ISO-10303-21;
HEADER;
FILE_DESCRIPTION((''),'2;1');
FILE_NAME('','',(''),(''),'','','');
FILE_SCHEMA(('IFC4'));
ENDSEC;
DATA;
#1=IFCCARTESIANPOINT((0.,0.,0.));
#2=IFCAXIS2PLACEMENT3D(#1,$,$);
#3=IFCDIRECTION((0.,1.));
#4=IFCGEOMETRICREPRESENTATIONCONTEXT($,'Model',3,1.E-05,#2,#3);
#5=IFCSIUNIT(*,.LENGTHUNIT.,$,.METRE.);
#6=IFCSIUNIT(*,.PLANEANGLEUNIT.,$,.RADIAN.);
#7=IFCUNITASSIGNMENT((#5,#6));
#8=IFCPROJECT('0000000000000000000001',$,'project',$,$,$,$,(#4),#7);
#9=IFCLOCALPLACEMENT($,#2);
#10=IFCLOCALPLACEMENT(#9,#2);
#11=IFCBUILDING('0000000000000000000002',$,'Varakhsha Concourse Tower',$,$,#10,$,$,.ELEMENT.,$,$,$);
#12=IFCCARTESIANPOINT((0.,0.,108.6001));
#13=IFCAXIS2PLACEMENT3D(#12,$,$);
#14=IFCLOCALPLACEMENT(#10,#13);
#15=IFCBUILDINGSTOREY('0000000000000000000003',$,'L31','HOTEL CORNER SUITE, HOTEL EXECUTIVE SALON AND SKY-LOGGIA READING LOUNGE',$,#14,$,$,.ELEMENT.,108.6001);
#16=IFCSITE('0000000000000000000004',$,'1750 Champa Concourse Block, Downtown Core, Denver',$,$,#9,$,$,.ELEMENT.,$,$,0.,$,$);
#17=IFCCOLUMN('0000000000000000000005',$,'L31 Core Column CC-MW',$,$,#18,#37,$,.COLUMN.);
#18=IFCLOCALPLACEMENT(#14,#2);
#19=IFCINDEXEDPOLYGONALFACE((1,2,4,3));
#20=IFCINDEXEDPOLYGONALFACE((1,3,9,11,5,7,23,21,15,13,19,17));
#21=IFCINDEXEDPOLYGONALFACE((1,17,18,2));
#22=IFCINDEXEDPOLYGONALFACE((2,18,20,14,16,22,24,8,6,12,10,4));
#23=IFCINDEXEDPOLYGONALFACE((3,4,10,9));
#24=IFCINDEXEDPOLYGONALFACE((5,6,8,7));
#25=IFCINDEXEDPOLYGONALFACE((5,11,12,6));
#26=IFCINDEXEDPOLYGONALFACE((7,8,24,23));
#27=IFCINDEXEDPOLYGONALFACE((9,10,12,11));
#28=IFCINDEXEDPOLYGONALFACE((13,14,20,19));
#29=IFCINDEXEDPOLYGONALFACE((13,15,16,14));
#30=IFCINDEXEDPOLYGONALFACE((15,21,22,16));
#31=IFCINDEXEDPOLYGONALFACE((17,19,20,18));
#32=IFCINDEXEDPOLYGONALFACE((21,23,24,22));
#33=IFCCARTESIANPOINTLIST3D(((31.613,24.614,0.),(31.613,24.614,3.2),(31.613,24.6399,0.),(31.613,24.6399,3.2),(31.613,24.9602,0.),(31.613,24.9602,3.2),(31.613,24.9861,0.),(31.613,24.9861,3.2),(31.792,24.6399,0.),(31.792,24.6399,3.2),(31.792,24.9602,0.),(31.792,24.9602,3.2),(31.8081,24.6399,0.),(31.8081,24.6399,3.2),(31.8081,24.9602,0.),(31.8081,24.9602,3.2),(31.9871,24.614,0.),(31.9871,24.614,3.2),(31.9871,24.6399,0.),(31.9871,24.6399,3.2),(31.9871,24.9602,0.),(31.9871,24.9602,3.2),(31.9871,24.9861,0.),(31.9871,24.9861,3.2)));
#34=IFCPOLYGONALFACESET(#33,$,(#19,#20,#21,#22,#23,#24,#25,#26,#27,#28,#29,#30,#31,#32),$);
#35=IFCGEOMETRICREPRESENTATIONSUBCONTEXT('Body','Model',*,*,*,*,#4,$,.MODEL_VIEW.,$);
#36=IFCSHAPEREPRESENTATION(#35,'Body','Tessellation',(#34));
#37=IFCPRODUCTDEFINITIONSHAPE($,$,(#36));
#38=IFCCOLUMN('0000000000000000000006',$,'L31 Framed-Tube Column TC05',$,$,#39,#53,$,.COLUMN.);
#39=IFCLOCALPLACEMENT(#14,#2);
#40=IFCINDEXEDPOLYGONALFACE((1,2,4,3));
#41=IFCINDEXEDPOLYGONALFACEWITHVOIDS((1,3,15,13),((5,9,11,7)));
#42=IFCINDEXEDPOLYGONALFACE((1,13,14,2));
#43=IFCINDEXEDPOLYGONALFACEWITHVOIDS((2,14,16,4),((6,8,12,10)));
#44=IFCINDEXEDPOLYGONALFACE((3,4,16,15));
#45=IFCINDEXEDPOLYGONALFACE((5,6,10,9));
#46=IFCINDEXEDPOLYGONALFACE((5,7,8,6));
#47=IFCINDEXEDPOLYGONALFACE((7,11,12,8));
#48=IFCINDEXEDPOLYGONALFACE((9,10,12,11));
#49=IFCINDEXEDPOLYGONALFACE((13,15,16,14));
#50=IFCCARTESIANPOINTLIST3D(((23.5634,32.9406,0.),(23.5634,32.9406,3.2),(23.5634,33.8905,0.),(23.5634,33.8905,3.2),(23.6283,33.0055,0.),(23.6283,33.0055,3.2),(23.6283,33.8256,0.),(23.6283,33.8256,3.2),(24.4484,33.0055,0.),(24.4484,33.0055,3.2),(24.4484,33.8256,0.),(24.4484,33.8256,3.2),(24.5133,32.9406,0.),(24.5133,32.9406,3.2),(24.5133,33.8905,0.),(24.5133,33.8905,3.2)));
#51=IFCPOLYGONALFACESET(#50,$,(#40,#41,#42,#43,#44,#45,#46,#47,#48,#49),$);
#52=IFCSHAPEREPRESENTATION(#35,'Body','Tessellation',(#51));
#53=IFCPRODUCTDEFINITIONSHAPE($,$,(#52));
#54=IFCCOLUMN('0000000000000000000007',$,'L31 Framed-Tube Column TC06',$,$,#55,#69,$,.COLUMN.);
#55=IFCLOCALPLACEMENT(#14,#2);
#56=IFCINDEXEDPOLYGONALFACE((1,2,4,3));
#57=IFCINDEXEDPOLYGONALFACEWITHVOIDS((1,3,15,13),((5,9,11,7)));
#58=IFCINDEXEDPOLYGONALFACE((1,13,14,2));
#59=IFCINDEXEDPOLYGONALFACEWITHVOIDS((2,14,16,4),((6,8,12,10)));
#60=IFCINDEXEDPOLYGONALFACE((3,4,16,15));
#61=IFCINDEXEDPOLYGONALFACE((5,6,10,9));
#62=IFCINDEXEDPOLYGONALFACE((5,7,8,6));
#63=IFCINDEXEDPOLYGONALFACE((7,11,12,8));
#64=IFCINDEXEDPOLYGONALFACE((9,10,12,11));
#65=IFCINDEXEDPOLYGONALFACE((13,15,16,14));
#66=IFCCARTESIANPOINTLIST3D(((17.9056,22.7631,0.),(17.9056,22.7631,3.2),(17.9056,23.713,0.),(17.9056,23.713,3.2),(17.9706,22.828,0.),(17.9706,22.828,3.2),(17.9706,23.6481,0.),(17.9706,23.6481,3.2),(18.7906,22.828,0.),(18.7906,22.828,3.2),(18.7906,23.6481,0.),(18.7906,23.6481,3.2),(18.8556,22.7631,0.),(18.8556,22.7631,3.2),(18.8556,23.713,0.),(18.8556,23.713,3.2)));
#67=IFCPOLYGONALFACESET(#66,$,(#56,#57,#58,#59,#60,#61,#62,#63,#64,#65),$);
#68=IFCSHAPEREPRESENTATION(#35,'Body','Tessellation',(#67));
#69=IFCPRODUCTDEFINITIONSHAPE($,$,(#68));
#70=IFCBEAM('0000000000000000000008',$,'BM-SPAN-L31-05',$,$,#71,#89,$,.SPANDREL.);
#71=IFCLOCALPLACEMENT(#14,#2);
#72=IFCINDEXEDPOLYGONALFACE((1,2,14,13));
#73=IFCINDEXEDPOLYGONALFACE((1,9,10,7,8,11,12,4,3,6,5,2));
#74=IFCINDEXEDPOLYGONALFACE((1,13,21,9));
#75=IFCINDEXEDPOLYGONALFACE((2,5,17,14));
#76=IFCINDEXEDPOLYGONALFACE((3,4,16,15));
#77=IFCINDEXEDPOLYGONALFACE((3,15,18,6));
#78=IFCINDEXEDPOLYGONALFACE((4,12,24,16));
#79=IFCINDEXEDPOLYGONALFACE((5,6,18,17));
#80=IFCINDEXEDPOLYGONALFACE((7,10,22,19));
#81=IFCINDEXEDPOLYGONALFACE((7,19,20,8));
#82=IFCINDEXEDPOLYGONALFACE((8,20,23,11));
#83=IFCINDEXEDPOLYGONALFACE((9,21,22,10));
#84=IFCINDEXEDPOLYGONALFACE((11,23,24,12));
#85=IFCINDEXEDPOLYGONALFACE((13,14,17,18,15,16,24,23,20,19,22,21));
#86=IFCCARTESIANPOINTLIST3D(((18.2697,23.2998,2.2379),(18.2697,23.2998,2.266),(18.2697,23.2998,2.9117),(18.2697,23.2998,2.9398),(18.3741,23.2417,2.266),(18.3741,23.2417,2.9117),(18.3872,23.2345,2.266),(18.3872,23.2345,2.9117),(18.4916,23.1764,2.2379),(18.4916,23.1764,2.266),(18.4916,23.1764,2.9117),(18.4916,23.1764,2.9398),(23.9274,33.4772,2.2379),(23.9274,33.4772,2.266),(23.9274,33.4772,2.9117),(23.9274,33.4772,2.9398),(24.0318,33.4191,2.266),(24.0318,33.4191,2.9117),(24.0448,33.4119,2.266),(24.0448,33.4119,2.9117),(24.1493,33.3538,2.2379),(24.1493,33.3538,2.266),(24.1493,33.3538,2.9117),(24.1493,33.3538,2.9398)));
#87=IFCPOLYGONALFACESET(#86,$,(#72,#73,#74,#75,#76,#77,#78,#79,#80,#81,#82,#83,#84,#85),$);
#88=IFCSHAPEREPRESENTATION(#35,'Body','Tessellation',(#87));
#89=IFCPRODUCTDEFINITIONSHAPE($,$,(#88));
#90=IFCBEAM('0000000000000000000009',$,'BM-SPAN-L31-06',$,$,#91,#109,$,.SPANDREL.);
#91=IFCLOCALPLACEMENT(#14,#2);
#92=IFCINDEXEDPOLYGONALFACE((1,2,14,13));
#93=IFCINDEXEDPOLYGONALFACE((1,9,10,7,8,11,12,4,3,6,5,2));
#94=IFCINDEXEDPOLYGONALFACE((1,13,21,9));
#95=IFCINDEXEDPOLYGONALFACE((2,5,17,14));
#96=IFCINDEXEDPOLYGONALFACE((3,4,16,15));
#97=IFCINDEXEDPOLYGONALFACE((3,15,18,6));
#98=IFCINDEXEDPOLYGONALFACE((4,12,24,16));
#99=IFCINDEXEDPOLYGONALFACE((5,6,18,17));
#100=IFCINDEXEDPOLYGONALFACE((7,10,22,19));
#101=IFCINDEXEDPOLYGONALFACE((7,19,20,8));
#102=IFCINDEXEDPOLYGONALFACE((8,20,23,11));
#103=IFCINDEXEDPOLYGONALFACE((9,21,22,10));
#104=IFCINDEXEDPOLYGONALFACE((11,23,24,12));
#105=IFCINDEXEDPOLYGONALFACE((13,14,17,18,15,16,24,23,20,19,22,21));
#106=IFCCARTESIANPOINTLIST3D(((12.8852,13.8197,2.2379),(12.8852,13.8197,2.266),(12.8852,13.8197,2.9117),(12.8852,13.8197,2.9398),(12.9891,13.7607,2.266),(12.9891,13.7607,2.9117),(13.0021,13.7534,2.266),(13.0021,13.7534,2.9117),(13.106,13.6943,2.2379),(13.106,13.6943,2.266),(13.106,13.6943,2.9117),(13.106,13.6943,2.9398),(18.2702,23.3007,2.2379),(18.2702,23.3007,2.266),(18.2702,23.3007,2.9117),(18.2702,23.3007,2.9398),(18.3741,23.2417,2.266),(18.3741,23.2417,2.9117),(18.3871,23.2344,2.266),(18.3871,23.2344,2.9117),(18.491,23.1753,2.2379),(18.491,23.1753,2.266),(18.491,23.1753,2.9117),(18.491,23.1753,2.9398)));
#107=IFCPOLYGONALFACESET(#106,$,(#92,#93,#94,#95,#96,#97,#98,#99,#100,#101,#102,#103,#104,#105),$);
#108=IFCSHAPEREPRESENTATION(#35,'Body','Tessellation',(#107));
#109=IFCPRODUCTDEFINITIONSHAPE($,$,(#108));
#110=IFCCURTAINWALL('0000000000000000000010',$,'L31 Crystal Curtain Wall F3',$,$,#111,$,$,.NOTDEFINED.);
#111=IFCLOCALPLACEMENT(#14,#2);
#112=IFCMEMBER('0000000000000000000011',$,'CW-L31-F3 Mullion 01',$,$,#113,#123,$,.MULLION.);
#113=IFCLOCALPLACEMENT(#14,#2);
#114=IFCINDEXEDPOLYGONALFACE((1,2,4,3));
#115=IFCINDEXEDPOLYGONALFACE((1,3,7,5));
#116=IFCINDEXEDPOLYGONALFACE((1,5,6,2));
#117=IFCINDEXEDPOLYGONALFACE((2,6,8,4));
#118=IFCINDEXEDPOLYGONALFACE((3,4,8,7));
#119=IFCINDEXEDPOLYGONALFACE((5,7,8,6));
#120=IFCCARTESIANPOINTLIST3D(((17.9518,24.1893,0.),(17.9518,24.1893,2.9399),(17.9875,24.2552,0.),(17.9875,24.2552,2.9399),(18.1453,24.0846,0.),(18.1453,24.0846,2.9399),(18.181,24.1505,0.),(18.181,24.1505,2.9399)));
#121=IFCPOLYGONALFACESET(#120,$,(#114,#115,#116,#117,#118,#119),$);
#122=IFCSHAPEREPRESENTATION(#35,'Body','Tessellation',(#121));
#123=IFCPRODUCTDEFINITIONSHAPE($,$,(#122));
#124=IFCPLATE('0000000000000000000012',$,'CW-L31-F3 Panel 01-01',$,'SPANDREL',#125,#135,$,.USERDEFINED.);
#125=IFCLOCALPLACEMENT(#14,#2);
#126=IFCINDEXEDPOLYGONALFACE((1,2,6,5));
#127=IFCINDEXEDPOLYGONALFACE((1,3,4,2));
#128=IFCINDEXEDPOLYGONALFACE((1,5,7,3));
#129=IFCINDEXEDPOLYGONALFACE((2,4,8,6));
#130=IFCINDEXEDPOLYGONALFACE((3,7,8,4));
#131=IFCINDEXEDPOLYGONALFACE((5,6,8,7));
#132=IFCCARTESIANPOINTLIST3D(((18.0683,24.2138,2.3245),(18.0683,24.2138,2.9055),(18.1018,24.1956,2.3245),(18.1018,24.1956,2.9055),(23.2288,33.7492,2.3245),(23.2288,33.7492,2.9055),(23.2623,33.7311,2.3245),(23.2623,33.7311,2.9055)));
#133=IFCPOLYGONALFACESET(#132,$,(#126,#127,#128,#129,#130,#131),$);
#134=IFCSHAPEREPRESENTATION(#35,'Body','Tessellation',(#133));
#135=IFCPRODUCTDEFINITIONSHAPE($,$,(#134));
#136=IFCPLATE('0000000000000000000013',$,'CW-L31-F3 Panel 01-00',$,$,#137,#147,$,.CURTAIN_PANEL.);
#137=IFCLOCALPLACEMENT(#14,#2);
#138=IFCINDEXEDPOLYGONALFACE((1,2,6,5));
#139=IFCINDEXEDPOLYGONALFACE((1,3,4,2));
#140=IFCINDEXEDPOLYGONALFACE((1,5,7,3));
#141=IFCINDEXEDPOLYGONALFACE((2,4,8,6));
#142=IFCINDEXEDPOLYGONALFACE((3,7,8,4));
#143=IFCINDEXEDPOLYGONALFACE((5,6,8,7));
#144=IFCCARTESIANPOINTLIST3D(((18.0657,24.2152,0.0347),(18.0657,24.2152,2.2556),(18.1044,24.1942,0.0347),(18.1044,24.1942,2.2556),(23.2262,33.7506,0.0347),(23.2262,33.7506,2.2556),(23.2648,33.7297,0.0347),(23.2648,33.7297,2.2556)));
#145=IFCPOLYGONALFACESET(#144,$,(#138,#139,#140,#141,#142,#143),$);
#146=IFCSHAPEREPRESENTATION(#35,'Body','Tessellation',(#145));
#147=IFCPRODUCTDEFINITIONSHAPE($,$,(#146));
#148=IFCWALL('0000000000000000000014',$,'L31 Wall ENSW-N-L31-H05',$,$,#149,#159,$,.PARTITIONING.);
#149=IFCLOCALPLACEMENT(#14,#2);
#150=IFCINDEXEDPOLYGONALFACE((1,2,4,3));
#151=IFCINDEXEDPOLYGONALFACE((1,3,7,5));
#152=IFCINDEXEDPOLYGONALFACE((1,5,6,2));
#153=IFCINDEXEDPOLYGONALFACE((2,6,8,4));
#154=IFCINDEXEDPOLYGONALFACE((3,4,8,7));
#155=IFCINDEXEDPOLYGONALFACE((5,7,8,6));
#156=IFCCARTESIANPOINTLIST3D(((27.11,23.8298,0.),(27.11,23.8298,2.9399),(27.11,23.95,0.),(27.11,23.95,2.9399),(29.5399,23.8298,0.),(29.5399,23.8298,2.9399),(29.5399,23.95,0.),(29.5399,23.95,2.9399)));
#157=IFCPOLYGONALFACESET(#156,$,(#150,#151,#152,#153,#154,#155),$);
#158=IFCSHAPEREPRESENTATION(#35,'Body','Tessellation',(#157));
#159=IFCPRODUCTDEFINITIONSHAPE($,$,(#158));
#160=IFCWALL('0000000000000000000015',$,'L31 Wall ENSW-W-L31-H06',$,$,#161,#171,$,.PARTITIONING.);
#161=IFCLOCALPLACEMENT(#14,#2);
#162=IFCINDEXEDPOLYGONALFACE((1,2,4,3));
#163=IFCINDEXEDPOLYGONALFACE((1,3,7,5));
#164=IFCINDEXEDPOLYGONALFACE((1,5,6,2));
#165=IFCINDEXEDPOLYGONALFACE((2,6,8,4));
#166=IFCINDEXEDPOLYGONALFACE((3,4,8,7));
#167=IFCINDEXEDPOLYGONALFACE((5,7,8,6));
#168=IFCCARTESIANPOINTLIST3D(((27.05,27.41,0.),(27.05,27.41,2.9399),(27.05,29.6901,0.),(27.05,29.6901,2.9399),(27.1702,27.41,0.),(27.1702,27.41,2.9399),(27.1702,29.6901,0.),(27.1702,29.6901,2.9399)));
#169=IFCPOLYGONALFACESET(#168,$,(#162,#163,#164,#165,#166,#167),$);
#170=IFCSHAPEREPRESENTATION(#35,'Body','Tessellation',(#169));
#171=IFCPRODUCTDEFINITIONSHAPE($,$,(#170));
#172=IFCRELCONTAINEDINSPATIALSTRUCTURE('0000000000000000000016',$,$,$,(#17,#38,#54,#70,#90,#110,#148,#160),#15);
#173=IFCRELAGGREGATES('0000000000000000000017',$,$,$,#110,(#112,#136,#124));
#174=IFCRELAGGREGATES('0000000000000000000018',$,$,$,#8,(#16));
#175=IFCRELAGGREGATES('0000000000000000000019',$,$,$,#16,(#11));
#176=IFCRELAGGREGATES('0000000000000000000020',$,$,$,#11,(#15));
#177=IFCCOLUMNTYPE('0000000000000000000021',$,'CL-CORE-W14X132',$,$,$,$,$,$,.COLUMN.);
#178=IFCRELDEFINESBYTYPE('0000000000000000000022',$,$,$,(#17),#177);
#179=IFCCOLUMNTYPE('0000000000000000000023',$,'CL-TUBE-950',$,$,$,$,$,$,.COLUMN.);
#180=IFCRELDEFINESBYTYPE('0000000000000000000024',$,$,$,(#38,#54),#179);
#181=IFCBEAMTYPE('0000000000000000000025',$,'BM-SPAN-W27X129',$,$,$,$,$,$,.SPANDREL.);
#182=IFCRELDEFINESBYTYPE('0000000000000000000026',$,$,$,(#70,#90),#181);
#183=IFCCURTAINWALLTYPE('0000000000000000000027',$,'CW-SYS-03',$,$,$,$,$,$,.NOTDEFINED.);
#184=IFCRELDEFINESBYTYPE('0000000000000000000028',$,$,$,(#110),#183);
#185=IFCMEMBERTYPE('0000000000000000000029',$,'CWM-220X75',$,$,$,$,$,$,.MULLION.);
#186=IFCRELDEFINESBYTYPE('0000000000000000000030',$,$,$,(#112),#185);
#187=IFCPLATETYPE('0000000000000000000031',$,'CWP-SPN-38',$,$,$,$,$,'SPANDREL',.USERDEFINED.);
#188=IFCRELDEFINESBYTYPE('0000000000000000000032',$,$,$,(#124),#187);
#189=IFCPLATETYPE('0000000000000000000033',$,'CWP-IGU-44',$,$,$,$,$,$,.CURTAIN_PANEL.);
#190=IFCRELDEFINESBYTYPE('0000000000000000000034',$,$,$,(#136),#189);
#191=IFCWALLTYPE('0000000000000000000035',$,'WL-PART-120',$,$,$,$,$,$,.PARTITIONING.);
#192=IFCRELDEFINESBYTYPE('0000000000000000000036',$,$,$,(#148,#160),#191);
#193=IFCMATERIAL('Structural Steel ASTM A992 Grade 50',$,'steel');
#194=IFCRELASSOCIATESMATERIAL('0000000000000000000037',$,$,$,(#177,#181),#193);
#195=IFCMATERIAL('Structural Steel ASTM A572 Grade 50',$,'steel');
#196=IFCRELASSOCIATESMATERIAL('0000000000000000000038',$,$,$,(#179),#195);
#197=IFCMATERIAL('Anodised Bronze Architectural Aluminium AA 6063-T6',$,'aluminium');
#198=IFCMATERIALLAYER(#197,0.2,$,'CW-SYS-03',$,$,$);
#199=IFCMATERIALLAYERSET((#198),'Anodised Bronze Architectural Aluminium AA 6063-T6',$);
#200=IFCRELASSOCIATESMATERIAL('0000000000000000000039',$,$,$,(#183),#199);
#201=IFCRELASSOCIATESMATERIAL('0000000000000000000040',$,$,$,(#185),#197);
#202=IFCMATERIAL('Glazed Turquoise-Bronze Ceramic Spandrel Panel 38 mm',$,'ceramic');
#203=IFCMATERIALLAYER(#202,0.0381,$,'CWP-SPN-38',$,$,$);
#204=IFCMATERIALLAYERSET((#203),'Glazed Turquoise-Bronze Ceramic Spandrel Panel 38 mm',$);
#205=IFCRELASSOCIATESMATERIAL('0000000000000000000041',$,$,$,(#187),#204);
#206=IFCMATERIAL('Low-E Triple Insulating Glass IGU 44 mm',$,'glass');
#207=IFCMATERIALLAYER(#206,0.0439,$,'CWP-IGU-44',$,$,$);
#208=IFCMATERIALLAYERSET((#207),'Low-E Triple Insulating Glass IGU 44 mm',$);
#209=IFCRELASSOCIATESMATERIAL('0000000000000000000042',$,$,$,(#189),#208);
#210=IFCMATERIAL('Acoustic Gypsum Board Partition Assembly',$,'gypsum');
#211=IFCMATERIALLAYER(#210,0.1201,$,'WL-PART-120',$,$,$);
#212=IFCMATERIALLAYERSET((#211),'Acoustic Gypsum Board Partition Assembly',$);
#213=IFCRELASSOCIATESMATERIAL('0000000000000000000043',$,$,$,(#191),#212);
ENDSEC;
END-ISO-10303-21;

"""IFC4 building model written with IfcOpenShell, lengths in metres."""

from ifc_helpers import new_model, si_unit, direction, frame, frame_2d, origin, origin_2d, place, context, subcontext, project, spatial, rectangle, hollow_rectangle, i_section, extrude, source, transform, mapped, material, layer, layer_set, material_profile, profile_set, type_object, type_shapes, element, aggregate, save


model = new_model("IFC4")

# Units and contexts
model_context = context("Model", 3, precision=1e-05, world=origin(), true_north=direction((0.0, 1.0)))
body_context = subcontext(model_context, "Body", "Model", "MODEL_VIEW")
ifc_project = project(units=[si_unit("LENGTHUNIT", "METRE"), si_unit("PLANEANGLEUNIT", "RADIAN")], contexts=[model_context])

# Site, building, storey
site_placement = place(None, origin())
site = spatial("IfcSite", under=ifc_project, at=site_placement, Name="1750 Champa Concourse Block, Downtown Core, Denver", CompositionType="ELEMENT", RefElevation=0.0)
building_placement = place(site_placement, origin())
building = spatial("IfcBuilding", under=site, at=building_placement, Name="Varakhsha Concourse Tower", CompositionType="ELEMENT")
storey_placement = place(building_placement, frame((0.0, 0.0, 108.6001)))
storey = spatial("IfcBuildingStorey", under=building, at=storey_placement, Name="L31", Description="HOTEL CORNER SUITE, HOTEL EXECUTIVE SALON AND SKY-LOGGIA READING LOUNGE", CompositionType="ELEMENT", Elevation=108.6001)

# Columns
ifc_material_1 = material(Name="Structural Steel ASTM A992 Grade 50", Category="steel")
ifc_material_profile_1 = material_profile(ifc_material_1, i_section(OverallWidth=0.374, OverallDepth=0.3721, WebThickness=0.0161, FlangeThickness=0.0259, at=origin_2d()), Name="W14X132")
ifc_profile_set_1 = profile_set([ifc_material_profile_1], Name="Structural Steel ASTM A992 Grade 50")
column_type_1 = type_object("IfcColumnType", Name="CL-CORE-W14X132", PredefinedType="COLUMN", material=ifc_profile_set_1)
column_placement = place(storey_placement, frame((31.8, 24.8, 0.0), z_axis=(0.0, 0.0, 1.0), x_axis=(1.0, 0.0, 0.0)))
element("IfcColumn", 1, at=column_placement, inside=storey, type_object=column_type_1, Name="L31 Core Column CC-MW", PredefinedType="COLUMN", context=body_context, shape_type="SweptSolid", body=[
    extrude(i_section(OverallWidth=0.374, OverallDepth=0.3721, WebThickness=0.0161, FlangeThickness=0.0259, at=origin_2d()), origin(), (0.0, 0.0, 1.0), 3.2),
])
ifc_material_2 = material(Name="Structural Steel ASTM A572 Grade 50", Category="steel")
ifc_material_profile_2 = material_profile(ifc_material_2, hollow_rectangle(XDim=0.95, YDim=0.95, WallThickness=0.0649, at=origin_2d()), Name="BOX 950x950x65")
ifc_profile_set_2 = profile_set([ifc_material_profile_2], Name="Structural Steel ASTM A572 Grade 50")
column_type_2 = type_object("IfcColumnType", Name="CL-TUBE-950", PredefinedType="COLUMN", material=ifc_profile_set_2)
for number, where, z_axis, x_axis, name in (
    (2, (24.0383, 33.4155, 0.0), (0.0, 0.0, 1.0), (1.0, 0.0, 0.0), "L31 Framed-Tube Column TC05"),
    (3, (18.3806, 23.238, 0.0), (0.0, 0.0, 1.0), (1.0, 0.0, 0.0), "L31 Framed-Tube Column TC06"),
):
    element("IfcColumn", number, at=place(storey_placement, frame(where, z_axis=z_axis, x_axis=x_axis)), inside=storey, type_object=column_type_2, Name=name, PredefinedType="COLUMN", context=body_context, shape_type="SweptSolid", body=[
        extrude(hollow_rectangle(XDim=0.95, YDim=0.95, WallThickness=0.0649, at=origin_2d()), origin(), (0.0, 0.0, 1.0), 3.2),
    ])

# Beams
ifc_material_profile_3 = material_profile(ifc_material_1, i_section(OverallWidth=0.2539, OverallDepth=0.7019, WebThickness=0.0149, FlangeThickness=0.0281, at=origin_2d()), Name="W27X129")
ifc_profile_set_3 = profile_set([ifc_material_profile_3], Name="Structural Steel ASTM A992 Grade 50")
beam_type = type_object("IfcBeamType", Name="BM-SPAN-W27X129", PredefinedType="SPANDREL", material=ifc_profile_set_3)
beam_1_placement = place(storey_placement, frame((24.0383, 33.4155, 2.5889), z_axis=(-0.485876, -0.874028, 0.0), x_axis=(0.874028, -0.485876, 0.0)))
element("IfcBeam", 4, at=beam_1_placement, inside=storey, type_object=beam_type, Name="BM-SPAN-L31-05", PredefinedType="SPANDREL", context=body_context, shape_type="SweptSolid", body=[
    extrude(i_section(OverallWidth=0.2539, OverallDepth=0.7019, WebThickness=0.0149, FlangeThickness=0.0281, at=origin_2d()), origin(), (0.0, 0.0, 1.0), 11.6443),
])
beam_2_placement = place(storey_placement, frame((18.3806, 23.238, 2.5889), z_axis=(-0.493878, -0.869531, 0.0), x_axis=(0.869531, -0.493878, 0.0)))
element("IfcBeam", 5, at=beam_2_placement, inside=storey, type_object=beam_type, Name="BM-SPAN-L31-06", PredefinedType="SPANDREL", context=body_context, shape_type="SweptSolid", body=[
    extrude(i_section(OverallWidth=0.2539, OverallDepth=0.7019, WebThickness=0.0149, FlangeThickness=0.0281, at=origin_2d()), origin(), (0.0, 0.0, 1.0), 10.9036),
])

# Curtain wall, member, plates
ifc_material_3 = material(Name="Anodised Bronze Architectural Aluminium AA 6063-T6", Category="aluminium")
ifc_layer_1 = layer(ifc_material_3, 0.2, Name="CW-SYS-03")
ifc_layer_set_1 = layer_set([ifc_layer_1], Name="Anodised Bronze Architectural Aluminium AA 6063-T6")
curtain_wall_type = type_object("IfcCurtainWallType", Name="CW-SYS-03", PredefinedType="NOTDEFINED", material=ifc_layer_set_1)
curtain_wall_placement = place(storey_placement, origin())
curtain_wall = element("IfcCurtainWall", 6, at=curtain_wall_placement, inside=storey, type_object=curtain_wall_type, Name="L31 Crystal Curtain Wall F3", PredefinedType="NOTDEFINED")
ifc_material_profile_4 = material_profile(ifc_material_3, rectangle(XDim=0.075, YDim=0.22, at=origin_2d()), Name="CWM-220X75")
ifc_profile_set_4 = profile_set([ifc_material_profile_4], Name="Anodised Bronze Architectural Aluminium AA 6063-T6")
member_type = type_object("IfcMemberType", Name="CWM-220X75", PredefinedType="MULLION", material=ifc_profile_set_4)
shared_shape_1 = source(origin(), body_context, "Body", "SweptSolid", [
    extrude(rectangle(XDim=0.075, YDim=0.22, at=origin_2d()), origin(), (0.0, 0.0, 1.0), 2.9399),
])
type_shapes(member_type, [shared_shape_1])
member_placement = place(storey_placement, frame((18.0664, 24.1699, 0.0), z_axis=(0.0, 0.0, 1.0), x_axis=(0.475959, 0.879468, 0.0)))
member = element("IfcMember", 7, at=member_placement, type_object=member_type, Name="CW-L31-F3 Mullion 01", PredefinedType="MULLION", context=body_context, shape_type="MappedRepresentation", body=[
    mapped(shared_shape_1, transform((0.0, 0.0, 0.0), scale=1.0)),
])
ifc_material_4 = material(Name="Glazed Turquoise-Bronze Ceramic Spandrel Panel 38 mm", Category="ceramic")
ifc_layer_2 = layer(ifc_material_4, 0.0381, Name="CWP-SPN-38")
ifc_layer_set_2 = layer_set([ifc_layer_2], Name="Glazed Turquoise-Bronze Ceramic Spandrel Panel 38 mm")
plate_type_1 = type_object("IfcPlateType", Name="CWP-SPN-38", ElementType="SPANDREL", PredefinedType="USERDEFINED", material=ifc_layer_set_2)
shared_shape_2 = source(origin(), body_context, "Body", "SweptSolid", [
    extrude(rectangle(XDim=10.8423, YDim=0.0381, at=origin_2d()), origin(), (0.0, 0.0, 1.0), 0.5811),
])
type_shapes(plate_type_1, [shared_shape_2])
plate_1_placement = place(storey_placement, frame((20.6653, 28.9724, 2.3245), z_axis=(0.0, 0.0, 1.0), x_axis=(0.475959, 0.879468, 0.0)))
plate_1 = element("IfcPlate", 8, at=plate_1_placement, type_object=plate_type_1, Name="CW-L31-F3 Panel 01-01", ObjectType="SPANDREL", PredefinedType="USERDEFINED", context=body_context, shape_type="MappedRepresentation", body=[
    mapped(shared_shape_2, transform((0.0, 0.0, 0.0), scale=1.0)),
])
ifc_material_5 = material(Name="Low-E Triple Insulating Glass IGU 44 mm", Category="glass")
ifc_layer_3 = layer(ifc_material_5, 0.0439, Name="CWP-IGU-44")
ifc_layer_set_3 = layer_set([ifc_layer_3], Name="Low-E Triple Insulating Glass IGU 44 mm")
plate_type_2 = type_object("IfcPlateType", Name="CWP-IGU-44", PredefinedType="CURTAIN_PANEL", material=ifc_layer_set_3)
shared_shape_3 = source(origin(), body_context, "Body", "SweptSolid", [
    extrude(rectangle(XDim=10.8423, YDim=0.0439, at=origin_2d()), origin(), (0.0, 0.0, 1.0), 2.2209),
])
type_shapes(plate_type_2, [shared_shape_3])
plate_2_placement = place(storey_placement, frame((20.6653, 28.9724, 0.0347), z_axis=(0.0, 0.0, 1.0), x_axis=(0.475959, 0.879468, 0.0)))
plate_2 = element("IfcPlate", 9, at=plate_2_placement, type_object=plate_type_2, Name="CW-L31-F3 Panel 01-00", PredefinedType="CURTAIN_PANEL", context=body_context, shape_type="MappedRepresentation", body=[
    mapped(shared_shape_3, transform((0.0, 0.0, 0.0), scale=1.0)),
])
aggregate(curtain_wall, [member, plate_2, plate_1])

# Walls
ifc_material_6 = material(Name="Acoustic Gypsum Board Partition Assembly", Category="gypsum")
ifc_layer_4 = layer(ifc_material_6, 0.1201, Name="WL-PART-120")
ifc_layer_set_4 = layer_set([ifc_layer_4], Name="Acoustic Gypsum Board Partition Assembly")
wall_type_1 = type_object("IfcWallType", Name="WL-PART-120", PredefinedType="PARTITIONING", material=ifc_layer_set_4)
wall_1_placement = place(storey_placement, frame((27.1101, 23.8899, 0.0), z_axis=(0.0, 0.0, 1.0), x_axis=(1.0, 0.0, 0.0)))
element("IfcWall", 10, at=wall_1_placement, inside=storey, type_object=wall_type_1, Name="L31 Wall ENSW-N-L31-H05", PredefinedType="PARTITIONING", context=body_context, shape_type="SweptSolid", body=[
    extrude(rectangle(XDim=2.4299, YDim=0.1201, at=frame_2d((1.2148, 0.0))), origin(), (0.0, 0.0, 1.0), 2.9399),
])
wall_2_placement = place(storey_placement, frame((27.1101, 27.4099, 0.0), z_axis=(0.0, 0.0, 1.0), x_axis=(0.0, 1.0, 0.0)))
element("IfcWall", 11, at=wall_2_placement, inside=storey, type_object=wall_type_1, Name="L31 Wall ENSW-W-L31-H06", PredefinedType="PARTITIONING", context=body_context, shape_type="SweptSolid", body=[
    extrude(rectangle(XDim=2.28, YDim=0.1201, at=frame_2d((1.1401, 0.0))), origin(), (0.0, 0.0, 1.0), 2.9399),
])

save(model, "model.ifc")
